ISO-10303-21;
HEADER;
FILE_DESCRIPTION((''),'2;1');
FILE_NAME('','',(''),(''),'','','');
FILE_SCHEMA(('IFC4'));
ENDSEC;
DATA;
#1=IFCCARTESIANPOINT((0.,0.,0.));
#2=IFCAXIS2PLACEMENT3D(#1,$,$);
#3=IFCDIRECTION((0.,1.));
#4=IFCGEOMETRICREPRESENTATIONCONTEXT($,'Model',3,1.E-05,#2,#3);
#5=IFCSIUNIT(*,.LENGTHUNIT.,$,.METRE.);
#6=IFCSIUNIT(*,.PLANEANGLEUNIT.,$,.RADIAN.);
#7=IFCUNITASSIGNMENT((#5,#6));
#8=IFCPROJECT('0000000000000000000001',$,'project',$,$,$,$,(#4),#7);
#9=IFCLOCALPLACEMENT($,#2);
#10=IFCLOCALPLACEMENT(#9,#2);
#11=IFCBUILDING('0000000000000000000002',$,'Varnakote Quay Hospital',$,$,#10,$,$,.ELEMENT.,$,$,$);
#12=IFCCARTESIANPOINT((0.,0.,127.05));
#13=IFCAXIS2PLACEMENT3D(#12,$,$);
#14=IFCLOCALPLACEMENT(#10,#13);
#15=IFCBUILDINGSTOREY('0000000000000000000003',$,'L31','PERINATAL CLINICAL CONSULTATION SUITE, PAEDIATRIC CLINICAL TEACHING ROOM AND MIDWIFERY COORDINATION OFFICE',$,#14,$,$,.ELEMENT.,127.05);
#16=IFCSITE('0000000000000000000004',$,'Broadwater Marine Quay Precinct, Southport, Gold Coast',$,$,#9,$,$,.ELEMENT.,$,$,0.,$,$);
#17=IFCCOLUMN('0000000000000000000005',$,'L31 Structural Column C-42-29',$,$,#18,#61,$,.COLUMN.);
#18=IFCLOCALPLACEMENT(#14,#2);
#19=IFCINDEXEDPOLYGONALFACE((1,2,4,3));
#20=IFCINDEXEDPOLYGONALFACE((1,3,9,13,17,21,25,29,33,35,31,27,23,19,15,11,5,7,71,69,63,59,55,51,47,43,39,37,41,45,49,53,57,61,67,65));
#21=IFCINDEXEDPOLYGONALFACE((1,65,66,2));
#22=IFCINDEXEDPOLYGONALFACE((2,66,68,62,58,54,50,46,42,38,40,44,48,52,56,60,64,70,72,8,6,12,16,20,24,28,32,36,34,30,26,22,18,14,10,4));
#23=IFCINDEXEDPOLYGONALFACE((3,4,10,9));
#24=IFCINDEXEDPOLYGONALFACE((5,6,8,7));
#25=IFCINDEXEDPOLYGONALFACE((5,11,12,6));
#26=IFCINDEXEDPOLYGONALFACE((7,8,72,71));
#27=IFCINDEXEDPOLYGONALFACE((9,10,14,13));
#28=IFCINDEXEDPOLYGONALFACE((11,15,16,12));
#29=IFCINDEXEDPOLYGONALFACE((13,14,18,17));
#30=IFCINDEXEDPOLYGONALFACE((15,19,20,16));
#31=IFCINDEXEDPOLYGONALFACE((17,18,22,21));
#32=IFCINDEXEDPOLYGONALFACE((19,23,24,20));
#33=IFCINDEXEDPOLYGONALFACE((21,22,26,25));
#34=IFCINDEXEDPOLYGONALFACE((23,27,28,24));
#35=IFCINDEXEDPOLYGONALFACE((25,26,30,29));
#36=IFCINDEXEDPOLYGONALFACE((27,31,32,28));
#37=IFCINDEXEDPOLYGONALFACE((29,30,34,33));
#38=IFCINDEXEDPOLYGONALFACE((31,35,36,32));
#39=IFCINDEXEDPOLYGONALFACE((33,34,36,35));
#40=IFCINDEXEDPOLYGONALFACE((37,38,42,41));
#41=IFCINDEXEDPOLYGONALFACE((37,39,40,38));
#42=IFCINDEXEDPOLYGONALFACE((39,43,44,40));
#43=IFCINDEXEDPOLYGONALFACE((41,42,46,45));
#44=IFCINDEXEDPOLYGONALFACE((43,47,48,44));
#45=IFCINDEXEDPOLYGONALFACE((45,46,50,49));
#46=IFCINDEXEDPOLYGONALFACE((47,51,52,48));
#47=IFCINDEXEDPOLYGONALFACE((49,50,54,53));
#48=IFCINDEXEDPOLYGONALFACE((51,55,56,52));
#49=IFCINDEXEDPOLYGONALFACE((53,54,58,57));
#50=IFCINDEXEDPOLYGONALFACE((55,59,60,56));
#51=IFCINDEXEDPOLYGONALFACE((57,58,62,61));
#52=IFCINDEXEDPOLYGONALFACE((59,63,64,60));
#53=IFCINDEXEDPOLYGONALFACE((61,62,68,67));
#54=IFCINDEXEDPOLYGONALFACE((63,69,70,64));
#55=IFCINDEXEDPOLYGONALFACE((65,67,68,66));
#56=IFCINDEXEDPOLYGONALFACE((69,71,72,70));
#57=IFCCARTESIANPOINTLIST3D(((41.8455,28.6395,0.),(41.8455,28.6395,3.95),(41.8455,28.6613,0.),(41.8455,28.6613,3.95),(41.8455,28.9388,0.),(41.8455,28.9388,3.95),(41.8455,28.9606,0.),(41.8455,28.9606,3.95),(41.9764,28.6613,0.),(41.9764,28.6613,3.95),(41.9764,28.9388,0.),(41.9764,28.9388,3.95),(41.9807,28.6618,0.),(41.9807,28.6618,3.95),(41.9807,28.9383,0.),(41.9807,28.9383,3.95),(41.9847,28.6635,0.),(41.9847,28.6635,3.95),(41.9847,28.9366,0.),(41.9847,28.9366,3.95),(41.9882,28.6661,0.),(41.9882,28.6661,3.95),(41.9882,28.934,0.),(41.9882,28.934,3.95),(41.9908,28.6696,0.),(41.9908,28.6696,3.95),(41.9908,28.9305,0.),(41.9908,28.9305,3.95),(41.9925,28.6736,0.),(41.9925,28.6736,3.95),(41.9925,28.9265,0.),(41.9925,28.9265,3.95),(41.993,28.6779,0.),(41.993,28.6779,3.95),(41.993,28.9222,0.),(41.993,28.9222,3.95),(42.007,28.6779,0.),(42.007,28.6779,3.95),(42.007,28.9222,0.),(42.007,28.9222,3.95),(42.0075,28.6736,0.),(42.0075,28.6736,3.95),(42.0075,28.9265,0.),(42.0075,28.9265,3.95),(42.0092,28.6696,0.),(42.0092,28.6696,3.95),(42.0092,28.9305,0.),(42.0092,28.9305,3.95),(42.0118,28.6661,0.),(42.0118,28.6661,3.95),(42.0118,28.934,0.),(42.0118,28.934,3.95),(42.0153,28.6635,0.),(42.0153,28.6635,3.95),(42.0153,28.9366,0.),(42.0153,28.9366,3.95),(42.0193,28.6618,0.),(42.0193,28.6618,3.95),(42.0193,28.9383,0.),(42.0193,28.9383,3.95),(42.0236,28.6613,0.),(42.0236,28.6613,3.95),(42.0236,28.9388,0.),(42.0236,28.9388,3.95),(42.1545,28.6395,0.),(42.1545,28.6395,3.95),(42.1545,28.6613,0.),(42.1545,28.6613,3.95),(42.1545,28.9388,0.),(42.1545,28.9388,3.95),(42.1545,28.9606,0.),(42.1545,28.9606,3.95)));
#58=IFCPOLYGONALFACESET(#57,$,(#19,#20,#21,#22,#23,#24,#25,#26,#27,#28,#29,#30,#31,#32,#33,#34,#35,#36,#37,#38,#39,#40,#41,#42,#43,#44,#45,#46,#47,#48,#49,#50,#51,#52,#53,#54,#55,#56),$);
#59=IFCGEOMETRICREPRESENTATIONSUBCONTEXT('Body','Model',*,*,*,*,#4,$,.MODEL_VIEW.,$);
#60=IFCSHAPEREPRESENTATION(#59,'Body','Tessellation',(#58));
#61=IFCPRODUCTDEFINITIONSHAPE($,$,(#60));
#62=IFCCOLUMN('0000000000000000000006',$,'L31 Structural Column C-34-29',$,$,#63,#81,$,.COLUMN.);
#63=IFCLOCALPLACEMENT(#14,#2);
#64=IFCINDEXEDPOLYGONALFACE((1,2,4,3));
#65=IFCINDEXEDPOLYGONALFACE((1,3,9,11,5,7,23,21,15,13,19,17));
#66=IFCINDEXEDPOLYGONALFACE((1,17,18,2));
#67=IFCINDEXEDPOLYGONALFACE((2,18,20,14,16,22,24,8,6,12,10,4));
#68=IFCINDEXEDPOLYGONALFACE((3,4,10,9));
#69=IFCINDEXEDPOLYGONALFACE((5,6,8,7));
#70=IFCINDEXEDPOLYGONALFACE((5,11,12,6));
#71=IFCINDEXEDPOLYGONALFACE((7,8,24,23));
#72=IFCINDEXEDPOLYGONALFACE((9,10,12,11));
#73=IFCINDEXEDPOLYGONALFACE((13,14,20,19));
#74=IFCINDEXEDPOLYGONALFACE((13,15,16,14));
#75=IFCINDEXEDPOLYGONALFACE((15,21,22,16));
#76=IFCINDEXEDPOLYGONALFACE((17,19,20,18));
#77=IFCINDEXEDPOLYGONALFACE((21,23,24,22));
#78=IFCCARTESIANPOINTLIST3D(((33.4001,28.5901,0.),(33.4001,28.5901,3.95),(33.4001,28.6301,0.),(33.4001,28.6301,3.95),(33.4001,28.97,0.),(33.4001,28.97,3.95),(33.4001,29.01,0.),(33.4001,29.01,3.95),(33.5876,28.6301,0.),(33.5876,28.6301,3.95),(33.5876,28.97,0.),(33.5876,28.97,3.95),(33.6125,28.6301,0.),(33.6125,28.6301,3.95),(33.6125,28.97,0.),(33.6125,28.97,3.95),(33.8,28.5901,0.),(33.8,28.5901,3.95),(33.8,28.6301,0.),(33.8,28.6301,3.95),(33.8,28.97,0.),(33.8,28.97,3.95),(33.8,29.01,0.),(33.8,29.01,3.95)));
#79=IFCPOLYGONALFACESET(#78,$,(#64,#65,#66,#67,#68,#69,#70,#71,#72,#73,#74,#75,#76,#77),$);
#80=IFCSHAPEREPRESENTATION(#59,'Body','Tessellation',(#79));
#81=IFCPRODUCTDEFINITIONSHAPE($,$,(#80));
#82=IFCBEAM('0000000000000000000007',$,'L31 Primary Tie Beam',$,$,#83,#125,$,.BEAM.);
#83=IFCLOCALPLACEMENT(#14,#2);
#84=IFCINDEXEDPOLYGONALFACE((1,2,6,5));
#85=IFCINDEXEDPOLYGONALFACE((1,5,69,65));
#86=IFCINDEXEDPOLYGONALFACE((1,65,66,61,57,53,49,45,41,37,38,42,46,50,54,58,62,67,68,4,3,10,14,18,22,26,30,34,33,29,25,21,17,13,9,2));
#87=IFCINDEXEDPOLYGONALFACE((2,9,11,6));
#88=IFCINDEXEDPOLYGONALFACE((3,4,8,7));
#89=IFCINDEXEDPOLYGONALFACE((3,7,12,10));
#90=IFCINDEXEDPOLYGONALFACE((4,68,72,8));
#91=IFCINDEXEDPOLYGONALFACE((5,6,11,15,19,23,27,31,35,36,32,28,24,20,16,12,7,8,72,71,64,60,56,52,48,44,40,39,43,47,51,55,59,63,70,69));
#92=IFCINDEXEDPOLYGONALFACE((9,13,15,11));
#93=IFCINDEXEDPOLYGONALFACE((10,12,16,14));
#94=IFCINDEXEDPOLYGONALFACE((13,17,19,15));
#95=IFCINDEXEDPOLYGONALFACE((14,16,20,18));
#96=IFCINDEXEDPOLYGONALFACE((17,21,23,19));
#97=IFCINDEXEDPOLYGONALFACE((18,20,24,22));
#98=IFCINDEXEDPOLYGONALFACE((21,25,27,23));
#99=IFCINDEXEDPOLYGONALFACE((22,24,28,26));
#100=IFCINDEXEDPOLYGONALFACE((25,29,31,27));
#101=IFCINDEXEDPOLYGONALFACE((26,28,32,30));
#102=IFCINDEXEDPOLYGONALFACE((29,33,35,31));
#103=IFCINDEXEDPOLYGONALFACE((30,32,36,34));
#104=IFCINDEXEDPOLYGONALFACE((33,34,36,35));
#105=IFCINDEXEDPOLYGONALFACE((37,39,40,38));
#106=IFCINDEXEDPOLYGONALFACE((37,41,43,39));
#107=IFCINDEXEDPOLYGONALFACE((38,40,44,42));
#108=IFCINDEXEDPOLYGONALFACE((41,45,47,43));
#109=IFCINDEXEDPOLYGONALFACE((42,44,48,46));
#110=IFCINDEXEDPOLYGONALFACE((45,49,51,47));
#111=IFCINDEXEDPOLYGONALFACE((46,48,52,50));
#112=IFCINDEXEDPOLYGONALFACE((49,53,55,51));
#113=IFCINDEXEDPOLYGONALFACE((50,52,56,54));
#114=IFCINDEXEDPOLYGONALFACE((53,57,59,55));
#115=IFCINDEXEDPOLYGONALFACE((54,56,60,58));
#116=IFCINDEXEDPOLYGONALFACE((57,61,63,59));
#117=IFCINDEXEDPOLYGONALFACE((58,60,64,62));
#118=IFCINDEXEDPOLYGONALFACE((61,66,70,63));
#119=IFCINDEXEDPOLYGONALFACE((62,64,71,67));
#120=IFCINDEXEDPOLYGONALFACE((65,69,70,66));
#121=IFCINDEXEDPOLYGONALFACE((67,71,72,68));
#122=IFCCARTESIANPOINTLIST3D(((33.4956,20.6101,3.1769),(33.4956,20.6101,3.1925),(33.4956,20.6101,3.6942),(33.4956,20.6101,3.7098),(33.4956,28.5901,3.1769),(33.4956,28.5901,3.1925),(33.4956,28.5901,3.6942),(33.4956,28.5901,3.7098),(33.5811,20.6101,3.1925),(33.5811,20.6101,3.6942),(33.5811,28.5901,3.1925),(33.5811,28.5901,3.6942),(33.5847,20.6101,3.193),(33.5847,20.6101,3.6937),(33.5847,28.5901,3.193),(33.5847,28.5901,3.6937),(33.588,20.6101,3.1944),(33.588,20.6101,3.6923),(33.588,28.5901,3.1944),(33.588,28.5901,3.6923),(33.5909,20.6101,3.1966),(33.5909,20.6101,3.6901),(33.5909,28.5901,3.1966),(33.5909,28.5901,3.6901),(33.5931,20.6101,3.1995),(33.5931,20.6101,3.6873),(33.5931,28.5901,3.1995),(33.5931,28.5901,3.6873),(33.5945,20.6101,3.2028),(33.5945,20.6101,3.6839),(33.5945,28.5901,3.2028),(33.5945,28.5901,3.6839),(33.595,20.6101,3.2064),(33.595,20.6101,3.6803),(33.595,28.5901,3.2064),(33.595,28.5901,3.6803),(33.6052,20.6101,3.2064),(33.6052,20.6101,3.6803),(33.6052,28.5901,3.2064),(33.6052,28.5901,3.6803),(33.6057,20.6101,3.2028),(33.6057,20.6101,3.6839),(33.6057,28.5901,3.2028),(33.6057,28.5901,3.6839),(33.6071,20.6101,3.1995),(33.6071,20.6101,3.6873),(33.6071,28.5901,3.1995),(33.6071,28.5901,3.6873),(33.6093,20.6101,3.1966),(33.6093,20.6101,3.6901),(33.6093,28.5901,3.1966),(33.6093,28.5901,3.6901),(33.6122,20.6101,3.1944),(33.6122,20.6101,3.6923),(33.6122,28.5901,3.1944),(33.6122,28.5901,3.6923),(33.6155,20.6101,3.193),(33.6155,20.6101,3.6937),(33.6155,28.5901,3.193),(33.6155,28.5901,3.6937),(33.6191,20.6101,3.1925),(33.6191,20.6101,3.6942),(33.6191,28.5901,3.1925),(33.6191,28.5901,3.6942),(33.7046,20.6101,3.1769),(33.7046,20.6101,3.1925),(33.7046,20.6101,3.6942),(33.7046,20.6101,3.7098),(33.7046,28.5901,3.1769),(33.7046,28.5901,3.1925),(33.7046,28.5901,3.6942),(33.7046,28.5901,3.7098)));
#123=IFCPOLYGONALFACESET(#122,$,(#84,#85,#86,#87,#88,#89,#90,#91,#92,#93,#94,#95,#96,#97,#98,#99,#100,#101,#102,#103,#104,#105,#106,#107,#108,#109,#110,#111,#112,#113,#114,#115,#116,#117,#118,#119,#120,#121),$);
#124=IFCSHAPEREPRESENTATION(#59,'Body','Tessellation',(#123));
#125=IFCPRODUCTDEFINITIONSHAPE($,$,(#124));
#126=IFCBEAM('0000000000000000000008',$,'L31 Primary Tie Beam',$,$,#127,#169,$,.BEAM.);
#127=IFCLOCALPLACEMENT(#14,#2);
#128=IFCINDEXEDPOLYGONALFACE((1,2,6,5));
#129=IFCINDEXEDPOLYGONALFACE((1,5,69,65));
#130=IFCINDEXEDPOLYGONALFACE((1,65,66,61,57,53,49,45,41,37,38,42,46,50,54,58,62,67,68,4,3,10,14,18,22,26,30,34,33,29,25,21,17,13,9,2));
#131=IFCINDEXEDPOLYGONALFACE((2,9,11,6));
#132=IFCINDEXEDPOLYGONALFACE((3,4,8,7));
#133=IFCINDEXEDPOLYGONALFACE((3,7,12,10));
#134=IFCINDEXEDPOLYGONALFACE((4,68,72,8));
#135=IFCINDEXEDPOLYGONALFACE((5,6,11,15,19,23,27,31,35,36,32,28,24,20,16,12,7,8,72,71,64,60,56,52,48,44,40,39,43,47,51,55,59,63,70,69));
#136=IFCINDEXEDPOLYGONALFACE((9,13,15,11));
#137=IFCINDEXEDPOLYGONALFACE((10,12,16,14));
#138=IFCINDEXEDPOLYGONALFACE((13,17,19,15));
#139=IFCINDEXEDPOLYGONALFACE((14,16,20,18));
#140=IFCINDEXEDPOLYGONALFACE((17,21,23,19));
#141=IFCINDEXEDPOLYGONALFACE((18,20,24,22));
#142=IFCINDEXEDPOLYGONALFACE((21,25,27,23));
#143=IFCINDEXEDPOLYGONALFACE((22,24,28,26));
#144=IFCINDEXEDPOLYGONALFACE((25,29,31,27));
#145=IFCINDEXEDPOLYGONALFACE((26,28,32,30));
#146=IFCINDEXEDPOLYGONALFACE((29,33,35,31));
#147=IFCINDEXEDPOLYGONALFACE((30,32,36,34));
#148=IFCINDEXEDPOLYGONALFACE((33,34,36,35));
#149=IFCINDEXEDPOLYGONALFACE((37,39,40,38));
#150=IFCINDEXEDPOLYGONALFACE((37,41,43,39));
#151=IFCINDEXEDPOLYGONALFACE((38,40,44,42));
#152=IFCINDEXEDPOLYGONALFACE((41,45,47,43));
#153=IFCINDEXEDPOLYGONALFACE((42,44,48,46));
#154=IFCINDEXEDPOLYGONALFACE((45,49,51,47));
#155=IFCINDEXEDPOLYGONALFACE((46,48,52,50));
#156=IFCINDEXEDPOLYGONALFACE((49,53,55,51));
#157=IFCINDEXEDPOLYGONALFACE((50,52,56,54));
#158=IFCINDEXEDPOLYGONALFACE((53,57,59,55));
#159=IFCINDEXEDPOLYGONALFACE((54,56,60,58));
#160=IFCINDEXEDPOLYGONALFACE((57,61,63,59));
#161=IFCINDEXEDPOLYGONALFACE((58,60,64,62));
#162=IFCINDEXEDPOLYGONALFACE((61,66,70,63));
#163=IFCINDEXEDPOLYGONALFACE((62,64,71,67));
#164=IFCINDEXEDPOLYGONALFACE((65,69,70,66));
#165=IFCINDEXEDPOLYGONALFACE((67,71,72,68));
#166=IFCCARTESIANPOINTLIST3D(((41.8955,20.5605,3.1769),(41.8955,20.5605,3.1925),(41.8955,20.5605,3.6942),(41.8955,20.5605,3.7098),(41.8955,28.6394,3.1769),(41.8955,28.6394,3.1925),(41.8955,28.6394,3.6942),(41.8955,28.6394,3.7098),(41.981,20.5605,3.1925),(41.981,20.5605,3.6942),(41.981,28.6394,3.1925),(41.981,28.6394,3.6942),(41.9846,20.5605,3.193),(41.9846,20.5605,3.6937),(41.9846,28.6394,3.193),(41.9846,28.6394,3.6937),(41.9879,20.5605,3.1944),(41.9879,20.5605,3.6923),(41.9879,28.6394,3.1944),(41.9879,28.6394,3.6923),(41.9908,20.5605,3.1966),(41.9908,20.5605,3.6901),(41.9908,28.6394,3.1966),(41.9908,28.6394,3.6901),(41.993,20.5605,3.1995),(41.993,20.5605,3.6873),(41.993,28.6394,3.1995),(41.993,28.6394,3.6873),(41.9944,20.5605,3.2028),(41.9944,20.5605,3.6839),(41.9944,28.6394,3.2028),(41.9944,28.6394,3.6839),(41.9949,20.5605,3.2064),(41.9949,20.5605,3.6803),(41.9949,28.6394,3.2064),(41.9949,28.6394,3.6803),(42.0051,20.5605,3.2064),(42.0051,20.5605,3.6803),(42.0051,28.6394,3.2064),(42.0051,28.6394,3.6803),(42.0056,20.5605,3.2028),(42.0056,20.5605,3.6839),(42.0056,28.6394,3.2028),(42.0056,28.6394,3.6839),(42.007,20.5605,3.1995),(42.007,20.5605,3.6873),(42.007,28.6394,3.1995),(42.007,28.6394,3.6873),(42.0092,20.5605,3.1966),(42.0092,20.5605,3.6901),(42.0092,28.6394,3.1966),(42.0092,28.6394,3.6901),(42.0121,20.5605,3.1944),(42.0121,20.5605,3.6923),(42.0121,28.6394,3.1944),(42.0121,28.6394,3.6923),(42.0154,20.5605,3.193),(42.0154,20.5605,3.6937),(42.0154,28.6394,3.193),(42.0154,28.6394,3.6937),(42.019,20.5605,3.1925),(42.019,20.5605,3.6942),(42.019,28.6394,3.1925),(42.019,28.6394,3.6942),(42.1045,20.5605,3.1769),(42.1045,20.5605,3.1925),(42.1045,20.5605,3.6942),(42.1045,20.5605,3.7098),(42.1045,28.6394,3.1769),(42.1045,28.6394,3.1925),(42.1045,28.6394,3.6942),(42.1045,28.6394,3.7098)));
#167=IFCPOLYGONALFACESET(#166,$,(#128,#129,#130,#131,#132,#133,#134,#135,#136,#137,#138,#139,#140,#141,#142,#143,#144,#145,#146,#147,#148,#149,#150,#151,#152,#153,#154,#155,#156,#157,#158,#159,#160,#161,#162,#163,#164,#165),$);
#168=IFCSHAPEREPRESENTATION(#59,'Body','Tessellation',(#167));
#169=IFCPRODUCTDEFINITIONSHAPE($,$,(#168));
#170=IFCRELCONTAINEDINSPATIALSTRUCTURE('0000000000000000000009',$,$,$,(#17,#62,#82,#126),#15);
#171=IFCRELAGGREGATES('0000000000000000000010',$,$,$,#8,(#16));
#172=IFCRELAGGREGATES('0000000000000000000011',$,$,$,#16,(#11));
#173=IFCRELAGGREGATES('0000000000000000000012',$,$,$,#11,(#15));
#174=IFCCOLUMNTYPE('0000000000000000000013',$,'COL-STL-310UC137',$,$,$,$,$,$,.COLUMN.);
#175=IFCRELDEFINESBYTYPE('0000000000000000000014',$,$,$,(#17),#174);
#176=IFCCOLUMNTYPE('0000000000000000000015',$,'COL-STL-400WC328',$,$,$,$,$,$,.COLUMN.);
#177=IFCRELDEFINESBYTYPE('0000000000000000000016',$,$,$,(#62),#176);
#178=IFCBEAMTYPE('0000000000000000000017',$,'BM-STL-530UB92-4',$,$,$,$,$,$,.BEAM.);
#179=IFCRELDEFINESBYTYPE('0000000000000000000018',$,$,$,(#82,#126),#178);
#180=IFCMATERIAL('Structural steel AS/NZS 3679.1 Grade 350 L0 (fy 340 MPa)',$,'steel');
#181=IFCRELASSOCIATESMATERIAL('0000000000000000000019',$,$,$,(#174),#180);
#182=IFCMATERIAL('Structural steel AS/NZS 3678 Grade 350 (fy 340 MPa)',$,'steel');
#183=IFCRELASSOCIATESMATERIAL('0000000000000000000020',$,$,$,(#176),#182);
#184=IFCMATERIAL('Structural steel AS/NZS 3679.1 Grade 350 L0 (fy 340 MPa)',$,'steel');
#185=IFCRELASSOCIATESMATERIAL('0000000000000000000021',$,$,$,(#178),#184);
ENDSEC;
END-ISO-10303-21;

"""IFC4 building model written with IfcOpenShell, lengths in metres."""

from ifc_helpers import new_model, si_unit, direction, frame, origin, origin_2d, place, context, subcontext, project, spatial, i_section, extrude, material, material_profile, profile_set, type_object, element, save


model = new_model("IFC4")

# Units and contexts
model_context = context("Model", 3, precision=1e-05, world=origin(), true_north=direction((0.0, 1.0)))
body_context = subcontext(model_context, "Body", "Model", "MODEL_VIEW")
ifc_project = project(units=[si_unit("LENGTHUNIT", "METRE"), si_unit("PLANEANGLEUNIT", "RADIAN")], contexts=[model_context])

# Site, building, storey
site_placement = place(None, origin())
site = spatial("IfcSite", under=ifc_project, at=site_placement, Name="Broadwater Marine Quay Precinct, Southport, Gold Coast", CompositionType="ELEMENT", RefElevation=0.0)
building_placement = place(site_placement, origin())
building = spatial("IfcBuilding", under=site, at=building_placement, Name="Varnakote Quay Hospital", CompositionType="ELEMENT")
storey_placement = place(building_placement, frame((0.0, 0.0, 127.05)))
storey = spatial("IfcBuildingStorey", under=building, at=storey_placement, Name="L31", Description="PERINATAL CLINICAL CONSULTATION SUITE, PAEDIATRIC CLINICAL TEACHING ROOM AND MIDWIFERY COORDINATION OFFICE", CompositionType="ELEMENT", Elevation=127.05)

# Columns
ifc_material_1 = material(Name="Structural steel AS/NZS 3679.1 Grade 350 L0 (fy 340 MPa)", Category="steel")
ifc_material_profile_1 = material_profile(ifc_material_1, i_section(OverallWidth=0.3091, OverallDepth=0.321, WebThickness=0.0139, FlangeThickness=0.0217, FilletRadius=0.0166, at=origin_2d()), Name="310UC137")
ifc_profile_set_1 = profile_set([ifc_material_profile_1], Name="Structural steel AS/NZS 3679.1 Grade 350 L0 (fy 340 MPa)")
column_type_1 = type_object("IfcColumnType", Name="COL-STL-310UC137", PredefinedType="COLUMN", material=ifc_profile_set_1)
column_1_placement = place(storey_placement, frame((42.0, 28.8, 0.0), z_axis=(0.0, 0.0, 1.0), x_axis=(1.0, 0.0, 0.0)))
element("IfcColumn", 1, at=column_1_placement, inside=storey, type_object=column_type_1, Name="L31 Structural Column C-42-29", PredefinedType="COLUMN", context=body_context, shape_type="SweptSolid", body=[
    extrude(i_section(OverallWidth=0.3091, OverallDepth=0.321, WebThickness=0.0139, FlangeThickness=0.0217, FilletRadius=0.0166, at=origin_2d()), origin(), (0.0, 0.0, 1.0), 3.95),
])
ifc_material_2 = material(Name="Structural steel AS/NZS 3678 Grade 350 (fy 340 MPa)", Category="steel")
ifc_material_profile_2 = material_profile(ifc_material_2, i_section(OverallWidth=0.3999, OverallDepth=0.4199, WebThickness=0.0249, FlangeThickness=0.04, at=origin_2d()), Name="400WC328")
ifc_profile_set_2 = profile_set([ifc_material_profile_2], Name="Structural steel AS/NZS 3678 Grade 350 (fy 340 MPa)")
column_type_2 = type_object("IfcColumnType", Name="COL-STL-400WC328", PredefinedType="COLUMN", material=ifc_profile_set_2)
column_2_placement = place(storey_placement, frame((33.6001, 28.8, 0.0), z_axis=(0.0, 0.0, 1.0), x_axis=(1.0, 0.0, 0.0)))
element("IfcColumn", 2, at=column_2_placement, inside=storey, type_object=column_type_2, Name="L31 Structural Column C-34-29", PredefinedType="COLUMN", context=body_context, shape_type="SweptSolid", body=[
    extrude(i_section(OverallWidth=0.3999, OverallDepth=0.4199, WebThickness=0.0249, FlangeThickness=0.04, at=origin_2d()), origin(), (0.0, 0.0, 1.0), 3.95),
])

# Beams
ifc_material_3 = material(Name="Structural steel AS/NZS 3679.1 Grade 350 L0 (fy 340 MPa)", Category="steel")
ifc_material_profile_3 = material_profile(ifc_material_3, i_section(OverallWidth=0.209, OverallDepth=0.533, WebThickness=0.0103, FlangeThickness=0.0156, FilletRadius=0.0139, at=origin_2d()), Name="530UB92.4")
ifc_profile_set_3 = profile_set([ifc_material_profile_3], Name="Structural steel AS/NZS 3679.1 Grade 350 L0 (fy 340 MPa)")
beam_type_1 = type_object("IfcBeamType", Name="BM-STL-530UB92-4", PredefinedType="BEAM", material=ifc_profile_set_3)
beam_1_placement = place(storey_placement, frame((33.6001, 20.6101, 3.4434), z_axis=(0.0, 1.0, 0.0), x_axis=(-1.0, 0.0, 0.0)))
element("IfcBeam", 3, at=beam_1_placement, inside=storey, type_object=beam_type_1, Name="L31 Primary Tie Beam", PredefinedType="BEAM", context=body_context, shape_type="SweptSolid", body=[
    extrude(i_section(OverallWidth=0.209, OverallDepth=0.533, WebThickness=0.0103, FlangeThickness=0.0156, FilletRadius=0.0139, at=origin_2d()), origin(), (0.0, 0.0, 1.0), 7.98),
])
beam_2_placement = place(storey_placement, frame((42.0, 20.5605, 3.4434), z_axis=(0.0, 1.0, 0.0), x_axis=(-1.0, 0.0, 0.0)))
element("IfcBeam", 4, at=beam_2_placement, inside=storey, type_object=beam_type_1, Name="L31 Primary Tie Beam", PredefinedType="BEAM", context=body_context, shape_type="SweptSolid", body=[
    extrude(i_section(OverallWidth=0.209, OverallDepth=0.533, WebThickness=0.0103, FlangeThickness=0.0156, FilletRadius=0.0139, at=origin_2d()), origin(), (0.0, 0.0, 1.0), 8.0789),
])

save(model, "model.ifc")
